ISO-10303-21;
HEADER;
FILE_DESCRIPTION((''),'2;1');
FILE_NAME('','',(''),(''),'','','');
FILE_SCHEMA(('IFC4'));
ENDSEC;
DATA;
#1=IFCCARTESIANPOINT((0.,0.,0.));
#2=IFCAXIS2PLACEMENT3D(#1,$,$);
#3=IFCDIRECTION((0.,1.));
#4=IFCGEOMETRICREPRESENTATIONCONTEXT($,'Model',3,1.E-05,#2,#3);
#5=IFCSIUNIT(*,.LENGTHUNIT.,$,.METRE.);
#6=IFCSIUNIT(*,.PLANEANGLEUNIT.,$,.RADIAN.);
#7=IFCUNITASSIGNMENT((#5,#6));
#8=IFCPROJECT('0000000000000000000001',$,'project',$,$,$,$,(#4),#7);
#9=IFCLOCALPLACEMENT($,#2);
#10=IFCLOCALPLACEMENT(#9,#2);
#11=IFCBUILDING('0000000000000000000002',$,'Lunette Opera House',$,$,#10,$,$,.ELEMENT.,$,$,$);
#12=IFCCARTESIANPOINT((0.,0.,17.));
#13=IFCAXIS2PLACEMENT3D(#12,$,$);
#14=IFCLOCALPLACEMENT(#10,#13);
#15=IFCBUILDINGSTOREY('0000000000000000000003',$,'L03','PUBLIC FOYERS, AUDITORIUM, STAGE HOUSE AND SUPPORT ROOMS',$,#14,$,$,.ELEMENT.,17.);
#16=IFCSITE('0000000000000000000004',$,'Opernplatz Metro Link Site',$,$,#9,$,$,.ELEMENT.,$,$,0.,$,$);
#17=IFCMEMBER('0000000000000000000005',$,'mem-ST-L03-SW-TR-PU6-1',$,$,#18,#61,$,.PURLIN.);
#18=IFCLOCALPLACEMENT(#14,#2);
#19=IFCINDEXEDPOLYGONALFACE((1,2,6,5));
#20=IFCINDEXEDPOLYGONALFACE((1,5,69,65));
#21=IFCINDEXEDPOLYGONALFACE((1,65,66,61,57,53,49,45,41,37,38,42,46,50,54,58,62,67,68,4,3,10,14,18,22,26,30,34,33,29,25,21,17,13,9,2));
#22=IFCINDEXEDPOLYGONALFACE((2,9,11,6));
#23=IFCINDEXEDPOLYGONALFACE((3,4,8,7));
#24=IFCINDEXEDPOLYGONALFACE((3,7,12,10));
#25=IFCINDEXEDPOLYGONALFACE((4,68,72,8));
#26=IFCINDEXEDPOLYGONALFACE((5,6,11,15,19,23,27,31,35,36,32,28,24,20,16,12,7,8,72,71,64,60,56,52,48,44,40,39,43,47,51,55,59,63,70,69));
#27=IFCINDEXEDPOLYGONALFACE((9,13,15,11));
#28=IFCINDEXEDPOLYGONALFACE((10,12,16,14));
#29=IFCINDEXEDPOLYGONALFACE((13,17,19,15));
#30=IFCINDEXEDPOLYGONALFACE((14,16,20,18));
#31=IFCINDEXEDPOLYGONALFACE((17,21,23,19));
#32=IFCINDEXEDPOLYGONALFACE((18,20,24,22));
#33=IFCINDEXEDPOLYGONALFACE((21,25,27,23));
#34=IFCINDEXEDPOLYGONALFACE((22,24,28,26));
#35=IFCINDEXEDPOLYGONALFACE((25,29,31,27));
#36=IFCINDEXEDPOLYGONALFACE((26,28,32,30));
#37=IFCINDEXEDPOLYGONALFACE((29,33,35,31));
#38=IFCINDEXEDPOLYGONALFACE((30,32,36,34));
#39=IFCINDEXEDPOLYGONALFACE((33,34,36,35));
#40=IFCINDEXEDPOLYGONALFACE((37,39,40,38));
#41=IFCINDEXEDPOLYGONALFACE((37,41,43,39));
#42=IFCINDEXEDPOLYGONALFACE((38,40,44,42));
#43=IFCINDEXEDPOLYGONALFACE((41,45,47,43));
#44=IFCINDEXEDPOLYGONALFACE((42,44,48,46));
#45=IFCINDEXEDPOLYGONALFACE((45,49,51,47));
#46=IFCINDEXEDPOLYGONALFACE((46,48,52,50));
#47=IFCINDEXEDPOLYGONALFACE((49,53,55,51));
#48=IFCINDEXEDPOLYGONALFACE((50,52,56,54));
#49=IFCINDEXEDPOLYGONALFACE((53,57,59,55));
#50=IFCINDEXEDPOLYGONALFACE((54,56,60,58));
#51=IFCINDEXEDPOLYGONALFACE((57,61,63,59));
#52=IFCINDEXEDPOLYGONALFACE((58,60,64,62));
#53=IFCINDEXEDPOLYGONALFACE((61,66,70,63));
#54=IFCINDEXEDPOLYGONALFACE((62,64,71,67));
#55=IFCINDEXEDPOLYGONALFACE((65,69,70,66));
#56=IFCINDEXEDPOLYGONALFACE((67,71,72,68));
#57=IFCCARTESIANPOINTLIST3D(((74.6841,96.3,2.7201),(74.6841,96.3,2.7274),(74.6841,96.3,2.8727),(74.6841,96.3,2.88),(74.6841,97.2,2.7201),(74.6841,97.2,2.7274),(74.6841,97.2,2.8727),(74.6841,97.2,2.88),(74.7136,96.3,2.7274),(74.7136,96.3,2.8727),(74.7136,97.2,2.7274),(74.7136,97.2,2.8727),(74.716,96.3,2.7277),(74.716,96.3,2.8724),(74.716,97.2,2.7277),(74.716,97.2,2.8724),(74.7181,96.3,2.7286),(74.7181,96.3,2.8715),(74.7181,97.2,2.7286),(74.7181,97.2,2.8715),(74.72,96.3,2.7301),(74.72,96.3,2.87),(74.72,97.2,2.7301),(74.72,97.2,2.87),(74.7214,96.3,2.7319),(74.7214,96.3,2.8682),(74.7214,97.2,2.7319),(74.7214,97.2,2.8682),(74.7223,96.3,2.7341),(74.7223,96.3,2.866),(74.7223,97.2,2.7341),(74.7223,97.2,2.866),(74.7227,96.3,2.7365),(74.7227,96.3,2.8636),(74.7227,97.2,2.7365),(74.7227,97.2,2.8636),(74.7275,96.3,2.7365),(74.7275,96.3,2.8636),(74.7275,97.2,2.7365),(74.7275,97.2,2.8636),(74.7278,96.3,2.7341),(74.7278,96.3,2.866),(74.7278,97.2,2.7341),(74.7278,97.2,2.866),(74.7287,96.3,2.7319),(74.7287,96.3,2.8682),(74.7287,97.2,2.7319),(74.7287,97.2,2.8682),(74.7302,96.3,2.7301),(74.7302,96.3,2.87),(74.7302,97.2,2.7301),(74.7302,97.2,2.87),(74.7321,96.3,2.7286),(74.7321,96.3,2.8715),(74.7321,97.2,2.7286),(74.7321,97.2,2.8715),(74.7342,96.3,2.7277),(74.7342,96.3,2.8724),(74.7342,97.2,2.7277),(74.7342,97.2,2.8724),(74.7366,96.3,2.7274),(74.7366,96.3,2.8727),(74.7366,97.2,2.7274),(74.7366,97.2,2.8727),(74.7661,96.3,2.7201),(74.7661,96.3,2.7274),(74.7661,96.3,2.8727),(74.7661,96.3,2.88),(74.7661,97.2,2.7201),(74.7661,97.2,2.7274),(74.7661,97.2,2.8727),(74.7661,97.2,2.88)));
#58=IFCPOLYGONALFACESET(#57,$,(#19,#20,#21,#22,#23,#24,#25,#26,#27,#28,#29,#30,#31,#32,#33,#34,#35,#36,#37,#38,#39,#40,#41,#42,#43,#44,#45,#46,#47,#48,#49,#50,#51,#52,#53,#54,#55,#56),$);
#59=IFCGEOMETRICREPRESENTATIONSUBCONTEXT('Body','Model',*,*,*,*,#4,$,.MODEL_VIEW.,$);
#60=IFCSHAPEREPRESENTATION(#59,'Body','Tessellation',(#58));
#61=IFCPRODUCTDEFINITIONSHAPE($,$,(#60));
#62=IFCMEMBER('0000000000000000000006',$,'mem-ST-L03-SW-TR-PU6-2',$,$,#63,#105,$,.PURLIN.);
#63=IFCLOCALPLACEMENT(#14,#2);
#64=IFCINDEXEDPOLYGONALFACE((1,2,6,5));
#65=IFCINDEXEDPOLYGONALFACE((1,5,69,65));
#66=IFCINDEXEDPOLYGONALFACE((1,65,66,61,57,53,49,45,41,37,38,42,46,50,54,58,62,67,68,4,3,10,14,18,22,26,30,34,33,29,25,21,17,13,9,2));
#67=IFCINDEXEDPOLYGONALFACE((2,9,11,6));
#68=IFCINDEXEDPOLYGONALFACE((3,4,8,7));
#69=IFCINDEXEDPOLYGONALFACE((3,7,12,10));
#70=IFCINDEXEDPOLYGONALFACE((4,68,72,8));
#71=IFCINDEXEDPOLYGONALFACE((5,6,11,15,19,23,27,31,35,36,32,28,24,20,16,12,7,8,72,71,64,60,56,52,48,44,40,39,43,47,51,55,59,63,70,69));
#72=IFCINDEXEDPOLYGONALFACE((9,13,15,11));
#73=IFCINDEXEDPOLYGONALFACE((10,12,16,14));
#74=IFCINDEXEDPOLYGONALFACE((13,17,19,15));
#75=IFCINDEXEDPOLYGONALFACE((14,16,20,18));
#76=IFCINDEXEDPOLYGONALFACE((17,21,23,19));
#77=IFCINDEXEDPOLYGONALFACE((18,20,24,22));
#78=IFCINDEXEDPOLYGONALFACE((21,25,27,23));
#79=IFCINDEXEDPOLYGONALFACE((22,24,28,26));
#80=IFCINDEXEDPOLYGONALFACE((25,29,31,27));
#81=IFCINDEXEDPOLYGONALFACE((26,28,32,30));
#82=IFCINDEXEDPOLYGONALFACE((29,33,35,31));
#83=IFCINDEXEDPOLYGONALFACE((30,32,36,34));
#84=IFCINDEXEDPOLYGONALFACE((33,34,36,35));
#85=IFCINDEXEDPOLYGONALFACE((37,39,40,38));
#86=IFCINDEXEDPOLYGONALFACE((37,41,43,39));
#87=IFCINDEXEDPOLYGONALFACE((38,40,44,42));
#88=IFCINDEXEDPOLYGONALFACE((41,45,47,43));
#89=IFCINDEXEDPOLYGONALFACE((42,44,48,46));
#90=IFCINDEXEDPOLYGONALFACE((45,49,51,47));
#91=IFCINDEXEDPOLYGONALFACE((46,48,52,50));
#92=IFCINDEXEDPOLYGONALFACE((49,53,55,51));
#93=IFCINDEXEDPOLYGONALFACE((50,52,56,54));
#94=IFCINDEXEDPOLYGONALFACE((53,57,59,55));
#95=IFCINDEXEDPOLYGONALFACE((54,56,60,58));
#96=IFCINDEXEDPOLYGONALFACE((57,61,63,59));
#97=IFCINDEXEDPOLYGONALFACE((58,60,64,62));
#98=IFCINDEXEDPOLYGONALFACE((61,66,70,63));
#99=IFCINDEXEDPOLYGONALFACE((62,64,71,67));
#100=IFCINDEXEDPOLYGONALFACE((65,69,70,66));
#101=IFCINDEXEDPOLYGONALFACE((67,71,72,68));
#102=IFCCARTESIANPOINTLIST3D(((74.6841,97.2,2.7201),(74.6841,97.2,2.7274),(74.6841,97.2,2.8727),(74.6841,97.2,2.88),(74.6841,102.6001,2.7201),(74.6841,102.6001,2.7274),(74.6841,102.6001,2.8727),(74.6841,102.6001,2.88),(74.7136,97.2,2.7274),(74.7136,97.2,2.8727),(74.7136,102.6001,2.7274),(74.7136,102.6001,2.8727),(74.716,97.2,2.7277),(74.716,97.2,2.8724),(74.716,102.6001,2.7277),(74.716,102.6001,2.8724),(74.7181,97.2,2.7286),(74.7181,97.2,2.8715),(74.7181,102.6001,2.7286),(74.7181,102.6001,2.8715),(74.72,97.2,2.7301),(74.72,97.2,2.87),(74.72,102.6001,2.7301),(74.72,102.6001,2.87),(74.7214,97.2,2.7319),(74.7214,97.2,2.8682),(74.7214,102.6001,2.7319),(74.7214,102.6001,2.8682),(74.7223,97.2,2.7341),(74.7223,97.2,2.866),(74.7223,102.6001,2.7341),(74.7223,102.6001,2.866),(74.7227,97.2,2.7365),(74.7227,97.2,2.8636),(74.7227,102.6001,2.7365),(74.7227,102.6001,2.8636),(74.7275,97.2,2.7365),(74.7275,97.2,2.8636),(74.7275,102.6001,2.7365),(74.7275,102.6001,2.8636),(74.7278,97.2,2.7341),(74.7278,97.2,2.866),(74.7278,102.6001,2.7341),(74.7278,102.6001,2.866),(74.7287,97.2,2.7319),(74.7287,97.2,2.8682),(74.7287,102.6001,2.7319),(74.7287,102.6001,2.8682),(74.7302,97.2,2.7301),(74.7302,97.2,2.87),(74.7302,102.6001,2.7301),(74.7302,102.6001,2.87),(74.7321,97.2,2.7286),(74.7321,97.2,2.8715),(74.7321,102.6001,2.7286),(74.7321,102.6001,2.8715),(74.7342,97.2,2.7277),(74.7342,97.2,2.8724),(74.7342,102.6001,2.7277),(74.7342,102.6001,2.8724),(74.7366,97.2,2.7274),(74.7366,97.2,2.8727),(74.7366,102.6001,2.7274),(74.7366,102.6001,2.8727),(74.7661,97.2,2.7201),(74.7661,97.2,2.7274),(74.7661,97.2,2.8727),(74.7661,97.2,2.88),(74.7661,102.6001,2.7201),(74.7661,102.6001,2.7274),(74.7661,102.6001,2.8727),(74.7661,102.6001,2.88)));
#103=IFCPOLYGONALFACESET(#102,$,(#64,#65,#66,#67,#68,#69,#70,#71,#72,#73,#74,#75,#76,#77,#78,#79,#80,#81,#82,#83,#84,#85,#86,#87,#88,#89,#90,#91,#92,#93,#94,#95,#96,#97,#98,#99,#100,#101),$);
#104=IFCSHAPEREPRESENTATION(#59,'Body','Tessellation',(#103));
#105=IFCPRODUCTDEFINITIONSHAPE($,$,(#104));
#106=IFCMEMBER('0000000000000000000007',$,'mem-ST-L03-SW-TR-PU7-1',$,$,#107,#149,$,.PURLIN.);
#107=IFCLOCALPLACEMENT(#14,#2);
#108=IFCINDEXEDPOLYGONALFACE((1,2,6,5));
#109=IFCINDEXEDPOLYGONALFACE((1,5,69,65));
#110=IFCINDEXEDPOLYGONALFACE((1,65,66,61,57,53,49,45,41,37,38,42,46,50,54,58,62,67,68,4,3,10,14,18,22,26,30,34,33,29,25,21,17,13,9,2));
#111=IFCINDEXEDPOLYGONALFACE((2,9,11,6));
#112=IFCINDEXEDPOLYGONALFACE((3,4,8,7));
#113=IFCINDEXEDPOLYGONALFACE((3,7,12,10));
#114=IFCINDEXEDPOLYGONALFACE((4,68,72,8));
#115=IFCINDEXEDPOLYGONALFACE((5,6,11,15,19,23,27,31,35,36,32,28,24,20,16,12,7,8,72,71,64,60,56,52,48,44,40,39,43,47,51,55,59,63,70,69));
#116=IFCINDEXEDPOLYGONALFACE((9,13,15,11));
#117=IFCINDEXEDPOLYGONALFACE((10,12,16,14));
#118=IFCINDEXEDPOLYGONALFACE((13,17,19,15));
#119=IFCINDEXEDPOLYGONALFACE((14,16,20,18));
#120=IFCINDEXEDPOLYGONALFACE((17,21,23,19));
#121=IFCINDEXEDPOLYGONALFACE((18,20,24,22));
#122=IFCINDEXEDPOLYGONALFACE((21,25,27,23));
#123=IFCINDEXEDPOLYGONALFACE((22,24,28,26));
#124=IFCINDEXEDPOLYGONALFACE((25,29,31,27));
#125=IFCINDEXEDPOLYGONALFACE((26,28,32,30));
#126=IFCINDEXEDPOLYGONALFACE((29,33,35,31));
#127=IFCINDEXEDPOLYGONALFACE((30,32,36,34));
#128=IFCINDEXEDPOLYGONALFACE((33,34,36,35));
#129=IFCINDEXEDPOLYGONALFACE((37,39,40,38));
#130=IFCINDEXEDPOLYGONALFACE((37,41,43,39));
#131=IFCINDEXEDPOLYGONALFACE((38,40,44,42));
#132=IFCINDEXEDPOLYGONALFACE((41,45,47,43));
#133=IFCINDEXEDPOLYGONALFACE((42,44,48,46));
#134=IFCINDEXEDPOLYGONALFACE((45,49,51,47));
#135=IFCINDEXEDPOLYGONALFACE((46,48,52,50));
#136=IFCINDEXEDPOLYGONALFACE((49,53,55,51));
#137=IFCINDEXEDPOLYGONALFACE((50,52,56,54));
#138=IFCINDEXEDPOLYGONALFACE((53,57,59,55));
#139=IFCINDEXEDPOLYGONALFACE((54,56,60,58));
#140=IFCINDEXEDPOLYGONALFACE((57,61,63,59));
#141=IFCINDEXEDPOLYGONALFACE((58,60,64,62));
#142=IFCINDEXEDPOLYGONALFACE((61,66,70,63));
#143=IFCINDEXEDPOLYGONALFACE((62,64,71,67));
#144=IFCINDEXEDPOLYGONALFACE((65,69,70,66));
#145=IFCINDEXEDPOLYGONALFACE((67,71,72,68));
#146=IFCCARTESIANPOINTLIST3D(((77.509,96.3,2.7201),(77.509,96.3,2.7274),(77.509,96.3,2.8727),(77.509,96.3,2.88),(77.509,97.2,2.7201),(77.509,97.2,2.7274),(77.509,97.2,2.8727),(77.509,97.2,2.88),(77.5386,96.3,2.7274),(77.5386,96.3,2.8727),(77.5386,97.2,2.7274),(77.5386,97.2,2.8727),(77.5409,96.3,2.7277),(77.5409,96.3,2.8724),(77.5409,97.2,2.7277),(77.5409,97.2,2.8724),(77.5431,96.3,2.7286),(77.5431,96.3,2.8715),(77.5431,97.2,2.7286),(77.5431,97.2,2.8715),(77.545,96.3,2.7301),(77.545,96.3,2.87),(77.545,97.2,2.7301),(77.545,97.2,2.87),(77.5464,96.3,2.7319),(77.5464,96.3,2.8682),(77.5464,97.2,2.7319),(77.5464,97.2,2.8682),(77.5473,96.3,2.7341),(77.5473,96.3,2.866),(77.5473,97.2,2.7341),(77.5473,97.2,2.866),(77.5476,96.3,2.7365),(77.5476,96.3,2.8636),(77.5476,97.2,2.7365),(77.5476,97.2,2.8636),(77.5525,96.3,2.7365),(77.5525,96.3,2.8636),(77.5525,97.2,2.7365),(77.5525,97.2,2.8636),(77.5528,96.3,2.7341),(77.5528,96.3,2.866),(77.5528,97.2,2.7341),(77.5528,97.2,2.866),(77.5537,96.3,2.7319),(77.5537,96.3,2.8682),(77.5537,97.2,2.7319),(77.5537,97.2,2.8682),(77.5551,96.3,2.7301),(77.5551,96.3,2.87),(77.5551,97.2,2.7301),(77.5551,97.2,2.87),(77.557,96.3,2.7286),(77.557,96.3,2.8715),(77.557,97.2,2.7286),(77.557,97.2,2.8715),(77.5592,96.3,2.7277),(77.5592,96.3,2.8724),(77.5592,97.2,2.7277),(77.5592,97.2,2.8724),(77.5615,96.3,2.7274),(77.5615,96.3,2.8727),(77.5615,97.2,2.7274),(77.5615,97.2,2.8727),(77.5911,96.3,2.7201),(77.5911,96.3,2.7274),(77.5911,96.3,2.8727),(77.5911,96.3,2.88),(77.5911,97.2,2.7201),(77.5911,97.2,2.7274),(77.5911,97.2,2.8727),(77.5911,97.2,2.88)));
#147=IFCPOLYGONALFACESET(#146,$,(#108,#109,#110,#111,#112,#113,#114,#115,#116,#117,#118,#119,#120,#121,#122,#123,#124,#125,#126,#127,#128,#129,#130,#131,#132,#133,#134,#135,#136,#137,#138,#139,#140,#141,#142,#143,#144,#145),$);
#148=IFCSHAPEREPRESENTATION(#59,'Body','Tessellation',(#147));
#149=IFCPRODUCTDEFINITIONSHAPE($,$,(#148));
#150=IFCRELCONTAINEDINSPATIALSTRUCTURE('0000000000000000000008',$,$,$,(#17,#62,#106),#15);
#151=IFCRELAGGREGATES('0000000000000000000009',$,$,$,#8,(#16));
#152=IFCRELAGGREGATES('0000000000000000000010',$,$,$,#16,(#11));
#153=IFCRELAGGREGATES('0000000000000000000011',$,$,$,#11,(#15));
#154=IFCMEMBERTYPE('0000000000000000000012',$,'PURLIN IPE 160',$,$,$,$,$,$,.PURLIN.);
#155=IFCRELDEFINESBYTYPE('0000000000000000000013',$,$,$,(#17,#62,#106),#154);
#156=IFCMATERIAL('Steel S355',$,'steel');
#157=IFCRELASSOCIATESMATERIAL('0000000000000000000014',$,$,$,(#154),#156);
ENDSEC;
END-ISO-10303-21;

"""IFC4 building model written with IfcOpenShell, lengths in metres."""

from ifc_helpers import new_model, si_unit, direction, frame, origin, origin_2d, place, context, subcontext, project, spatial, i_section, extrude, material, material_profile, profile_set, type_object, element, save


model = new_model("IFC4")

# Units and contexts
model_context = context("Model", 3, precision=1e-05, world=origin(), true_north=direction((0.0, 1.0)))
body_context = subcontext(model_context, "Body", "Model", "MODEL_VIEW")
ifc_project = project(units=[si_unit("LENGTHUNIT", "METRE"), si_unit("PLANEANGLEUNIT", "RADIAN")], contexts=[model_context])

# Site, building, storey
site_placement = place(None, origin())
site = spatial("IfcSite", under=ifc_project, at=site_placement, Name="Opernplatz Metro Link Site", CompositionType="ELEMENT", RefElevation=0.0)
building_placement = place(site_placement, origin())
building = spatial("IfcBuilding", under=site, at=building_placement, Name="Lunette Opera House", CompositionType="ELEMENT")
storey_placement = place(building_placement, frame((0.0, 0.0, 17.0)))
storey = spatial("IfcBuildingStorey", under=building, at=storey_placement, Name="L03", Description="PUBLIC FOYERS, AUDITORIUM, STAGE HOUSE AND SUPPORT ROOMS", CompositionType="ELEMENT", Elevation=17.0)

# Members
ifc_material_1 = material(Name="Steel S355", Category="steel")
ifc_material_profile_1 = material_profile(ifc_material_1, i_section(OverallWidth=0.082, OverallDepth=0.1599, WebThickness=0.0049, FlangeThickness=0.0073, FilletRadius=0.009, at=origin_2d()), Name="IPE 160")
ifc_profile_set_1 = profile_set([ifc_material_profile_1], Name="Steel S355")
member_type_1 = type_object("IfcMemberType", Name="PURLIN IPE 160", PredefinedType="PURLIN", material=ifc_profile_set_1)
member_1_placement = place(storey_placement, frame((74.7251, 96.3, 2.8), z_axis=(0.0, 1.0, 0.0), x_axis=(-1.0, 0.0, 0.0)))
element("IfcMember", 1, at=member_1_placement, inside=storey, type_object=member_type_1, Name="mem-ST-L03-SW-TR-PU6-1", PredefinedType="PURLIN", context=body_context, shape_type="SweptSolid", body=[
    extrude(i_section(OverallWidth=0.082, OverallDepth=0.1599, WebThickness=0.0049, FlangeThickness=0.0073, FilletRadius=0.009, at=origin_2d()), origin(), (0.0, 0.0, 1.0), 0.8999),
])
member_2_placement = place(storey_placement, frame((74.7251, 97.2, 2.8), z_axis=(0.0, 1.0, 0.0), x_axis=(-1.0, 0.0, 0.0)))
element("IfcMember", 2, at=member_2_placement, inside=storey, type_object=member_type_1, Name="mem-ST-L03-SW-TR-PU6-2", PredefinedType="PURLIN", context=body_context, shape_type="SweptSolid", body=[
    extrude(i_section(OverallWidth=0.082, OverallDepth=0.1599, WebThickness=0.0049, FlangeThickness=0.0073, FilletRadius=0.009, at=origin_2d()), origin(), (0.0, 0.0, 1.0), 5.4001),
])
member_3_placement = place(storey_placement, frame((77.55, 96.3, 2.8), z_axis=(0.0, 1.0, 0.0), x_axis=(-1.0, 0.0, 0.0)))
element("IfcMember", 3, at=member_3_placement, inside=storey, type_object=member_type_1, Name="mem-ST-L03-SW-TR-PU7-1", PredefinedType="PURLIN", context=body_context, shape_type="SweptSolid", body=[
    extrude(i_section(OverallWidth=0.082, OverallDepth=0.1599, WebThickness=0.0049, FlangeThickness=0.0073, FilletRadius=0.009, at=origin_2d()), origin(), (0.0, 0.0, 1.0), 0.8999),
])

save(model, "model.ifc")
